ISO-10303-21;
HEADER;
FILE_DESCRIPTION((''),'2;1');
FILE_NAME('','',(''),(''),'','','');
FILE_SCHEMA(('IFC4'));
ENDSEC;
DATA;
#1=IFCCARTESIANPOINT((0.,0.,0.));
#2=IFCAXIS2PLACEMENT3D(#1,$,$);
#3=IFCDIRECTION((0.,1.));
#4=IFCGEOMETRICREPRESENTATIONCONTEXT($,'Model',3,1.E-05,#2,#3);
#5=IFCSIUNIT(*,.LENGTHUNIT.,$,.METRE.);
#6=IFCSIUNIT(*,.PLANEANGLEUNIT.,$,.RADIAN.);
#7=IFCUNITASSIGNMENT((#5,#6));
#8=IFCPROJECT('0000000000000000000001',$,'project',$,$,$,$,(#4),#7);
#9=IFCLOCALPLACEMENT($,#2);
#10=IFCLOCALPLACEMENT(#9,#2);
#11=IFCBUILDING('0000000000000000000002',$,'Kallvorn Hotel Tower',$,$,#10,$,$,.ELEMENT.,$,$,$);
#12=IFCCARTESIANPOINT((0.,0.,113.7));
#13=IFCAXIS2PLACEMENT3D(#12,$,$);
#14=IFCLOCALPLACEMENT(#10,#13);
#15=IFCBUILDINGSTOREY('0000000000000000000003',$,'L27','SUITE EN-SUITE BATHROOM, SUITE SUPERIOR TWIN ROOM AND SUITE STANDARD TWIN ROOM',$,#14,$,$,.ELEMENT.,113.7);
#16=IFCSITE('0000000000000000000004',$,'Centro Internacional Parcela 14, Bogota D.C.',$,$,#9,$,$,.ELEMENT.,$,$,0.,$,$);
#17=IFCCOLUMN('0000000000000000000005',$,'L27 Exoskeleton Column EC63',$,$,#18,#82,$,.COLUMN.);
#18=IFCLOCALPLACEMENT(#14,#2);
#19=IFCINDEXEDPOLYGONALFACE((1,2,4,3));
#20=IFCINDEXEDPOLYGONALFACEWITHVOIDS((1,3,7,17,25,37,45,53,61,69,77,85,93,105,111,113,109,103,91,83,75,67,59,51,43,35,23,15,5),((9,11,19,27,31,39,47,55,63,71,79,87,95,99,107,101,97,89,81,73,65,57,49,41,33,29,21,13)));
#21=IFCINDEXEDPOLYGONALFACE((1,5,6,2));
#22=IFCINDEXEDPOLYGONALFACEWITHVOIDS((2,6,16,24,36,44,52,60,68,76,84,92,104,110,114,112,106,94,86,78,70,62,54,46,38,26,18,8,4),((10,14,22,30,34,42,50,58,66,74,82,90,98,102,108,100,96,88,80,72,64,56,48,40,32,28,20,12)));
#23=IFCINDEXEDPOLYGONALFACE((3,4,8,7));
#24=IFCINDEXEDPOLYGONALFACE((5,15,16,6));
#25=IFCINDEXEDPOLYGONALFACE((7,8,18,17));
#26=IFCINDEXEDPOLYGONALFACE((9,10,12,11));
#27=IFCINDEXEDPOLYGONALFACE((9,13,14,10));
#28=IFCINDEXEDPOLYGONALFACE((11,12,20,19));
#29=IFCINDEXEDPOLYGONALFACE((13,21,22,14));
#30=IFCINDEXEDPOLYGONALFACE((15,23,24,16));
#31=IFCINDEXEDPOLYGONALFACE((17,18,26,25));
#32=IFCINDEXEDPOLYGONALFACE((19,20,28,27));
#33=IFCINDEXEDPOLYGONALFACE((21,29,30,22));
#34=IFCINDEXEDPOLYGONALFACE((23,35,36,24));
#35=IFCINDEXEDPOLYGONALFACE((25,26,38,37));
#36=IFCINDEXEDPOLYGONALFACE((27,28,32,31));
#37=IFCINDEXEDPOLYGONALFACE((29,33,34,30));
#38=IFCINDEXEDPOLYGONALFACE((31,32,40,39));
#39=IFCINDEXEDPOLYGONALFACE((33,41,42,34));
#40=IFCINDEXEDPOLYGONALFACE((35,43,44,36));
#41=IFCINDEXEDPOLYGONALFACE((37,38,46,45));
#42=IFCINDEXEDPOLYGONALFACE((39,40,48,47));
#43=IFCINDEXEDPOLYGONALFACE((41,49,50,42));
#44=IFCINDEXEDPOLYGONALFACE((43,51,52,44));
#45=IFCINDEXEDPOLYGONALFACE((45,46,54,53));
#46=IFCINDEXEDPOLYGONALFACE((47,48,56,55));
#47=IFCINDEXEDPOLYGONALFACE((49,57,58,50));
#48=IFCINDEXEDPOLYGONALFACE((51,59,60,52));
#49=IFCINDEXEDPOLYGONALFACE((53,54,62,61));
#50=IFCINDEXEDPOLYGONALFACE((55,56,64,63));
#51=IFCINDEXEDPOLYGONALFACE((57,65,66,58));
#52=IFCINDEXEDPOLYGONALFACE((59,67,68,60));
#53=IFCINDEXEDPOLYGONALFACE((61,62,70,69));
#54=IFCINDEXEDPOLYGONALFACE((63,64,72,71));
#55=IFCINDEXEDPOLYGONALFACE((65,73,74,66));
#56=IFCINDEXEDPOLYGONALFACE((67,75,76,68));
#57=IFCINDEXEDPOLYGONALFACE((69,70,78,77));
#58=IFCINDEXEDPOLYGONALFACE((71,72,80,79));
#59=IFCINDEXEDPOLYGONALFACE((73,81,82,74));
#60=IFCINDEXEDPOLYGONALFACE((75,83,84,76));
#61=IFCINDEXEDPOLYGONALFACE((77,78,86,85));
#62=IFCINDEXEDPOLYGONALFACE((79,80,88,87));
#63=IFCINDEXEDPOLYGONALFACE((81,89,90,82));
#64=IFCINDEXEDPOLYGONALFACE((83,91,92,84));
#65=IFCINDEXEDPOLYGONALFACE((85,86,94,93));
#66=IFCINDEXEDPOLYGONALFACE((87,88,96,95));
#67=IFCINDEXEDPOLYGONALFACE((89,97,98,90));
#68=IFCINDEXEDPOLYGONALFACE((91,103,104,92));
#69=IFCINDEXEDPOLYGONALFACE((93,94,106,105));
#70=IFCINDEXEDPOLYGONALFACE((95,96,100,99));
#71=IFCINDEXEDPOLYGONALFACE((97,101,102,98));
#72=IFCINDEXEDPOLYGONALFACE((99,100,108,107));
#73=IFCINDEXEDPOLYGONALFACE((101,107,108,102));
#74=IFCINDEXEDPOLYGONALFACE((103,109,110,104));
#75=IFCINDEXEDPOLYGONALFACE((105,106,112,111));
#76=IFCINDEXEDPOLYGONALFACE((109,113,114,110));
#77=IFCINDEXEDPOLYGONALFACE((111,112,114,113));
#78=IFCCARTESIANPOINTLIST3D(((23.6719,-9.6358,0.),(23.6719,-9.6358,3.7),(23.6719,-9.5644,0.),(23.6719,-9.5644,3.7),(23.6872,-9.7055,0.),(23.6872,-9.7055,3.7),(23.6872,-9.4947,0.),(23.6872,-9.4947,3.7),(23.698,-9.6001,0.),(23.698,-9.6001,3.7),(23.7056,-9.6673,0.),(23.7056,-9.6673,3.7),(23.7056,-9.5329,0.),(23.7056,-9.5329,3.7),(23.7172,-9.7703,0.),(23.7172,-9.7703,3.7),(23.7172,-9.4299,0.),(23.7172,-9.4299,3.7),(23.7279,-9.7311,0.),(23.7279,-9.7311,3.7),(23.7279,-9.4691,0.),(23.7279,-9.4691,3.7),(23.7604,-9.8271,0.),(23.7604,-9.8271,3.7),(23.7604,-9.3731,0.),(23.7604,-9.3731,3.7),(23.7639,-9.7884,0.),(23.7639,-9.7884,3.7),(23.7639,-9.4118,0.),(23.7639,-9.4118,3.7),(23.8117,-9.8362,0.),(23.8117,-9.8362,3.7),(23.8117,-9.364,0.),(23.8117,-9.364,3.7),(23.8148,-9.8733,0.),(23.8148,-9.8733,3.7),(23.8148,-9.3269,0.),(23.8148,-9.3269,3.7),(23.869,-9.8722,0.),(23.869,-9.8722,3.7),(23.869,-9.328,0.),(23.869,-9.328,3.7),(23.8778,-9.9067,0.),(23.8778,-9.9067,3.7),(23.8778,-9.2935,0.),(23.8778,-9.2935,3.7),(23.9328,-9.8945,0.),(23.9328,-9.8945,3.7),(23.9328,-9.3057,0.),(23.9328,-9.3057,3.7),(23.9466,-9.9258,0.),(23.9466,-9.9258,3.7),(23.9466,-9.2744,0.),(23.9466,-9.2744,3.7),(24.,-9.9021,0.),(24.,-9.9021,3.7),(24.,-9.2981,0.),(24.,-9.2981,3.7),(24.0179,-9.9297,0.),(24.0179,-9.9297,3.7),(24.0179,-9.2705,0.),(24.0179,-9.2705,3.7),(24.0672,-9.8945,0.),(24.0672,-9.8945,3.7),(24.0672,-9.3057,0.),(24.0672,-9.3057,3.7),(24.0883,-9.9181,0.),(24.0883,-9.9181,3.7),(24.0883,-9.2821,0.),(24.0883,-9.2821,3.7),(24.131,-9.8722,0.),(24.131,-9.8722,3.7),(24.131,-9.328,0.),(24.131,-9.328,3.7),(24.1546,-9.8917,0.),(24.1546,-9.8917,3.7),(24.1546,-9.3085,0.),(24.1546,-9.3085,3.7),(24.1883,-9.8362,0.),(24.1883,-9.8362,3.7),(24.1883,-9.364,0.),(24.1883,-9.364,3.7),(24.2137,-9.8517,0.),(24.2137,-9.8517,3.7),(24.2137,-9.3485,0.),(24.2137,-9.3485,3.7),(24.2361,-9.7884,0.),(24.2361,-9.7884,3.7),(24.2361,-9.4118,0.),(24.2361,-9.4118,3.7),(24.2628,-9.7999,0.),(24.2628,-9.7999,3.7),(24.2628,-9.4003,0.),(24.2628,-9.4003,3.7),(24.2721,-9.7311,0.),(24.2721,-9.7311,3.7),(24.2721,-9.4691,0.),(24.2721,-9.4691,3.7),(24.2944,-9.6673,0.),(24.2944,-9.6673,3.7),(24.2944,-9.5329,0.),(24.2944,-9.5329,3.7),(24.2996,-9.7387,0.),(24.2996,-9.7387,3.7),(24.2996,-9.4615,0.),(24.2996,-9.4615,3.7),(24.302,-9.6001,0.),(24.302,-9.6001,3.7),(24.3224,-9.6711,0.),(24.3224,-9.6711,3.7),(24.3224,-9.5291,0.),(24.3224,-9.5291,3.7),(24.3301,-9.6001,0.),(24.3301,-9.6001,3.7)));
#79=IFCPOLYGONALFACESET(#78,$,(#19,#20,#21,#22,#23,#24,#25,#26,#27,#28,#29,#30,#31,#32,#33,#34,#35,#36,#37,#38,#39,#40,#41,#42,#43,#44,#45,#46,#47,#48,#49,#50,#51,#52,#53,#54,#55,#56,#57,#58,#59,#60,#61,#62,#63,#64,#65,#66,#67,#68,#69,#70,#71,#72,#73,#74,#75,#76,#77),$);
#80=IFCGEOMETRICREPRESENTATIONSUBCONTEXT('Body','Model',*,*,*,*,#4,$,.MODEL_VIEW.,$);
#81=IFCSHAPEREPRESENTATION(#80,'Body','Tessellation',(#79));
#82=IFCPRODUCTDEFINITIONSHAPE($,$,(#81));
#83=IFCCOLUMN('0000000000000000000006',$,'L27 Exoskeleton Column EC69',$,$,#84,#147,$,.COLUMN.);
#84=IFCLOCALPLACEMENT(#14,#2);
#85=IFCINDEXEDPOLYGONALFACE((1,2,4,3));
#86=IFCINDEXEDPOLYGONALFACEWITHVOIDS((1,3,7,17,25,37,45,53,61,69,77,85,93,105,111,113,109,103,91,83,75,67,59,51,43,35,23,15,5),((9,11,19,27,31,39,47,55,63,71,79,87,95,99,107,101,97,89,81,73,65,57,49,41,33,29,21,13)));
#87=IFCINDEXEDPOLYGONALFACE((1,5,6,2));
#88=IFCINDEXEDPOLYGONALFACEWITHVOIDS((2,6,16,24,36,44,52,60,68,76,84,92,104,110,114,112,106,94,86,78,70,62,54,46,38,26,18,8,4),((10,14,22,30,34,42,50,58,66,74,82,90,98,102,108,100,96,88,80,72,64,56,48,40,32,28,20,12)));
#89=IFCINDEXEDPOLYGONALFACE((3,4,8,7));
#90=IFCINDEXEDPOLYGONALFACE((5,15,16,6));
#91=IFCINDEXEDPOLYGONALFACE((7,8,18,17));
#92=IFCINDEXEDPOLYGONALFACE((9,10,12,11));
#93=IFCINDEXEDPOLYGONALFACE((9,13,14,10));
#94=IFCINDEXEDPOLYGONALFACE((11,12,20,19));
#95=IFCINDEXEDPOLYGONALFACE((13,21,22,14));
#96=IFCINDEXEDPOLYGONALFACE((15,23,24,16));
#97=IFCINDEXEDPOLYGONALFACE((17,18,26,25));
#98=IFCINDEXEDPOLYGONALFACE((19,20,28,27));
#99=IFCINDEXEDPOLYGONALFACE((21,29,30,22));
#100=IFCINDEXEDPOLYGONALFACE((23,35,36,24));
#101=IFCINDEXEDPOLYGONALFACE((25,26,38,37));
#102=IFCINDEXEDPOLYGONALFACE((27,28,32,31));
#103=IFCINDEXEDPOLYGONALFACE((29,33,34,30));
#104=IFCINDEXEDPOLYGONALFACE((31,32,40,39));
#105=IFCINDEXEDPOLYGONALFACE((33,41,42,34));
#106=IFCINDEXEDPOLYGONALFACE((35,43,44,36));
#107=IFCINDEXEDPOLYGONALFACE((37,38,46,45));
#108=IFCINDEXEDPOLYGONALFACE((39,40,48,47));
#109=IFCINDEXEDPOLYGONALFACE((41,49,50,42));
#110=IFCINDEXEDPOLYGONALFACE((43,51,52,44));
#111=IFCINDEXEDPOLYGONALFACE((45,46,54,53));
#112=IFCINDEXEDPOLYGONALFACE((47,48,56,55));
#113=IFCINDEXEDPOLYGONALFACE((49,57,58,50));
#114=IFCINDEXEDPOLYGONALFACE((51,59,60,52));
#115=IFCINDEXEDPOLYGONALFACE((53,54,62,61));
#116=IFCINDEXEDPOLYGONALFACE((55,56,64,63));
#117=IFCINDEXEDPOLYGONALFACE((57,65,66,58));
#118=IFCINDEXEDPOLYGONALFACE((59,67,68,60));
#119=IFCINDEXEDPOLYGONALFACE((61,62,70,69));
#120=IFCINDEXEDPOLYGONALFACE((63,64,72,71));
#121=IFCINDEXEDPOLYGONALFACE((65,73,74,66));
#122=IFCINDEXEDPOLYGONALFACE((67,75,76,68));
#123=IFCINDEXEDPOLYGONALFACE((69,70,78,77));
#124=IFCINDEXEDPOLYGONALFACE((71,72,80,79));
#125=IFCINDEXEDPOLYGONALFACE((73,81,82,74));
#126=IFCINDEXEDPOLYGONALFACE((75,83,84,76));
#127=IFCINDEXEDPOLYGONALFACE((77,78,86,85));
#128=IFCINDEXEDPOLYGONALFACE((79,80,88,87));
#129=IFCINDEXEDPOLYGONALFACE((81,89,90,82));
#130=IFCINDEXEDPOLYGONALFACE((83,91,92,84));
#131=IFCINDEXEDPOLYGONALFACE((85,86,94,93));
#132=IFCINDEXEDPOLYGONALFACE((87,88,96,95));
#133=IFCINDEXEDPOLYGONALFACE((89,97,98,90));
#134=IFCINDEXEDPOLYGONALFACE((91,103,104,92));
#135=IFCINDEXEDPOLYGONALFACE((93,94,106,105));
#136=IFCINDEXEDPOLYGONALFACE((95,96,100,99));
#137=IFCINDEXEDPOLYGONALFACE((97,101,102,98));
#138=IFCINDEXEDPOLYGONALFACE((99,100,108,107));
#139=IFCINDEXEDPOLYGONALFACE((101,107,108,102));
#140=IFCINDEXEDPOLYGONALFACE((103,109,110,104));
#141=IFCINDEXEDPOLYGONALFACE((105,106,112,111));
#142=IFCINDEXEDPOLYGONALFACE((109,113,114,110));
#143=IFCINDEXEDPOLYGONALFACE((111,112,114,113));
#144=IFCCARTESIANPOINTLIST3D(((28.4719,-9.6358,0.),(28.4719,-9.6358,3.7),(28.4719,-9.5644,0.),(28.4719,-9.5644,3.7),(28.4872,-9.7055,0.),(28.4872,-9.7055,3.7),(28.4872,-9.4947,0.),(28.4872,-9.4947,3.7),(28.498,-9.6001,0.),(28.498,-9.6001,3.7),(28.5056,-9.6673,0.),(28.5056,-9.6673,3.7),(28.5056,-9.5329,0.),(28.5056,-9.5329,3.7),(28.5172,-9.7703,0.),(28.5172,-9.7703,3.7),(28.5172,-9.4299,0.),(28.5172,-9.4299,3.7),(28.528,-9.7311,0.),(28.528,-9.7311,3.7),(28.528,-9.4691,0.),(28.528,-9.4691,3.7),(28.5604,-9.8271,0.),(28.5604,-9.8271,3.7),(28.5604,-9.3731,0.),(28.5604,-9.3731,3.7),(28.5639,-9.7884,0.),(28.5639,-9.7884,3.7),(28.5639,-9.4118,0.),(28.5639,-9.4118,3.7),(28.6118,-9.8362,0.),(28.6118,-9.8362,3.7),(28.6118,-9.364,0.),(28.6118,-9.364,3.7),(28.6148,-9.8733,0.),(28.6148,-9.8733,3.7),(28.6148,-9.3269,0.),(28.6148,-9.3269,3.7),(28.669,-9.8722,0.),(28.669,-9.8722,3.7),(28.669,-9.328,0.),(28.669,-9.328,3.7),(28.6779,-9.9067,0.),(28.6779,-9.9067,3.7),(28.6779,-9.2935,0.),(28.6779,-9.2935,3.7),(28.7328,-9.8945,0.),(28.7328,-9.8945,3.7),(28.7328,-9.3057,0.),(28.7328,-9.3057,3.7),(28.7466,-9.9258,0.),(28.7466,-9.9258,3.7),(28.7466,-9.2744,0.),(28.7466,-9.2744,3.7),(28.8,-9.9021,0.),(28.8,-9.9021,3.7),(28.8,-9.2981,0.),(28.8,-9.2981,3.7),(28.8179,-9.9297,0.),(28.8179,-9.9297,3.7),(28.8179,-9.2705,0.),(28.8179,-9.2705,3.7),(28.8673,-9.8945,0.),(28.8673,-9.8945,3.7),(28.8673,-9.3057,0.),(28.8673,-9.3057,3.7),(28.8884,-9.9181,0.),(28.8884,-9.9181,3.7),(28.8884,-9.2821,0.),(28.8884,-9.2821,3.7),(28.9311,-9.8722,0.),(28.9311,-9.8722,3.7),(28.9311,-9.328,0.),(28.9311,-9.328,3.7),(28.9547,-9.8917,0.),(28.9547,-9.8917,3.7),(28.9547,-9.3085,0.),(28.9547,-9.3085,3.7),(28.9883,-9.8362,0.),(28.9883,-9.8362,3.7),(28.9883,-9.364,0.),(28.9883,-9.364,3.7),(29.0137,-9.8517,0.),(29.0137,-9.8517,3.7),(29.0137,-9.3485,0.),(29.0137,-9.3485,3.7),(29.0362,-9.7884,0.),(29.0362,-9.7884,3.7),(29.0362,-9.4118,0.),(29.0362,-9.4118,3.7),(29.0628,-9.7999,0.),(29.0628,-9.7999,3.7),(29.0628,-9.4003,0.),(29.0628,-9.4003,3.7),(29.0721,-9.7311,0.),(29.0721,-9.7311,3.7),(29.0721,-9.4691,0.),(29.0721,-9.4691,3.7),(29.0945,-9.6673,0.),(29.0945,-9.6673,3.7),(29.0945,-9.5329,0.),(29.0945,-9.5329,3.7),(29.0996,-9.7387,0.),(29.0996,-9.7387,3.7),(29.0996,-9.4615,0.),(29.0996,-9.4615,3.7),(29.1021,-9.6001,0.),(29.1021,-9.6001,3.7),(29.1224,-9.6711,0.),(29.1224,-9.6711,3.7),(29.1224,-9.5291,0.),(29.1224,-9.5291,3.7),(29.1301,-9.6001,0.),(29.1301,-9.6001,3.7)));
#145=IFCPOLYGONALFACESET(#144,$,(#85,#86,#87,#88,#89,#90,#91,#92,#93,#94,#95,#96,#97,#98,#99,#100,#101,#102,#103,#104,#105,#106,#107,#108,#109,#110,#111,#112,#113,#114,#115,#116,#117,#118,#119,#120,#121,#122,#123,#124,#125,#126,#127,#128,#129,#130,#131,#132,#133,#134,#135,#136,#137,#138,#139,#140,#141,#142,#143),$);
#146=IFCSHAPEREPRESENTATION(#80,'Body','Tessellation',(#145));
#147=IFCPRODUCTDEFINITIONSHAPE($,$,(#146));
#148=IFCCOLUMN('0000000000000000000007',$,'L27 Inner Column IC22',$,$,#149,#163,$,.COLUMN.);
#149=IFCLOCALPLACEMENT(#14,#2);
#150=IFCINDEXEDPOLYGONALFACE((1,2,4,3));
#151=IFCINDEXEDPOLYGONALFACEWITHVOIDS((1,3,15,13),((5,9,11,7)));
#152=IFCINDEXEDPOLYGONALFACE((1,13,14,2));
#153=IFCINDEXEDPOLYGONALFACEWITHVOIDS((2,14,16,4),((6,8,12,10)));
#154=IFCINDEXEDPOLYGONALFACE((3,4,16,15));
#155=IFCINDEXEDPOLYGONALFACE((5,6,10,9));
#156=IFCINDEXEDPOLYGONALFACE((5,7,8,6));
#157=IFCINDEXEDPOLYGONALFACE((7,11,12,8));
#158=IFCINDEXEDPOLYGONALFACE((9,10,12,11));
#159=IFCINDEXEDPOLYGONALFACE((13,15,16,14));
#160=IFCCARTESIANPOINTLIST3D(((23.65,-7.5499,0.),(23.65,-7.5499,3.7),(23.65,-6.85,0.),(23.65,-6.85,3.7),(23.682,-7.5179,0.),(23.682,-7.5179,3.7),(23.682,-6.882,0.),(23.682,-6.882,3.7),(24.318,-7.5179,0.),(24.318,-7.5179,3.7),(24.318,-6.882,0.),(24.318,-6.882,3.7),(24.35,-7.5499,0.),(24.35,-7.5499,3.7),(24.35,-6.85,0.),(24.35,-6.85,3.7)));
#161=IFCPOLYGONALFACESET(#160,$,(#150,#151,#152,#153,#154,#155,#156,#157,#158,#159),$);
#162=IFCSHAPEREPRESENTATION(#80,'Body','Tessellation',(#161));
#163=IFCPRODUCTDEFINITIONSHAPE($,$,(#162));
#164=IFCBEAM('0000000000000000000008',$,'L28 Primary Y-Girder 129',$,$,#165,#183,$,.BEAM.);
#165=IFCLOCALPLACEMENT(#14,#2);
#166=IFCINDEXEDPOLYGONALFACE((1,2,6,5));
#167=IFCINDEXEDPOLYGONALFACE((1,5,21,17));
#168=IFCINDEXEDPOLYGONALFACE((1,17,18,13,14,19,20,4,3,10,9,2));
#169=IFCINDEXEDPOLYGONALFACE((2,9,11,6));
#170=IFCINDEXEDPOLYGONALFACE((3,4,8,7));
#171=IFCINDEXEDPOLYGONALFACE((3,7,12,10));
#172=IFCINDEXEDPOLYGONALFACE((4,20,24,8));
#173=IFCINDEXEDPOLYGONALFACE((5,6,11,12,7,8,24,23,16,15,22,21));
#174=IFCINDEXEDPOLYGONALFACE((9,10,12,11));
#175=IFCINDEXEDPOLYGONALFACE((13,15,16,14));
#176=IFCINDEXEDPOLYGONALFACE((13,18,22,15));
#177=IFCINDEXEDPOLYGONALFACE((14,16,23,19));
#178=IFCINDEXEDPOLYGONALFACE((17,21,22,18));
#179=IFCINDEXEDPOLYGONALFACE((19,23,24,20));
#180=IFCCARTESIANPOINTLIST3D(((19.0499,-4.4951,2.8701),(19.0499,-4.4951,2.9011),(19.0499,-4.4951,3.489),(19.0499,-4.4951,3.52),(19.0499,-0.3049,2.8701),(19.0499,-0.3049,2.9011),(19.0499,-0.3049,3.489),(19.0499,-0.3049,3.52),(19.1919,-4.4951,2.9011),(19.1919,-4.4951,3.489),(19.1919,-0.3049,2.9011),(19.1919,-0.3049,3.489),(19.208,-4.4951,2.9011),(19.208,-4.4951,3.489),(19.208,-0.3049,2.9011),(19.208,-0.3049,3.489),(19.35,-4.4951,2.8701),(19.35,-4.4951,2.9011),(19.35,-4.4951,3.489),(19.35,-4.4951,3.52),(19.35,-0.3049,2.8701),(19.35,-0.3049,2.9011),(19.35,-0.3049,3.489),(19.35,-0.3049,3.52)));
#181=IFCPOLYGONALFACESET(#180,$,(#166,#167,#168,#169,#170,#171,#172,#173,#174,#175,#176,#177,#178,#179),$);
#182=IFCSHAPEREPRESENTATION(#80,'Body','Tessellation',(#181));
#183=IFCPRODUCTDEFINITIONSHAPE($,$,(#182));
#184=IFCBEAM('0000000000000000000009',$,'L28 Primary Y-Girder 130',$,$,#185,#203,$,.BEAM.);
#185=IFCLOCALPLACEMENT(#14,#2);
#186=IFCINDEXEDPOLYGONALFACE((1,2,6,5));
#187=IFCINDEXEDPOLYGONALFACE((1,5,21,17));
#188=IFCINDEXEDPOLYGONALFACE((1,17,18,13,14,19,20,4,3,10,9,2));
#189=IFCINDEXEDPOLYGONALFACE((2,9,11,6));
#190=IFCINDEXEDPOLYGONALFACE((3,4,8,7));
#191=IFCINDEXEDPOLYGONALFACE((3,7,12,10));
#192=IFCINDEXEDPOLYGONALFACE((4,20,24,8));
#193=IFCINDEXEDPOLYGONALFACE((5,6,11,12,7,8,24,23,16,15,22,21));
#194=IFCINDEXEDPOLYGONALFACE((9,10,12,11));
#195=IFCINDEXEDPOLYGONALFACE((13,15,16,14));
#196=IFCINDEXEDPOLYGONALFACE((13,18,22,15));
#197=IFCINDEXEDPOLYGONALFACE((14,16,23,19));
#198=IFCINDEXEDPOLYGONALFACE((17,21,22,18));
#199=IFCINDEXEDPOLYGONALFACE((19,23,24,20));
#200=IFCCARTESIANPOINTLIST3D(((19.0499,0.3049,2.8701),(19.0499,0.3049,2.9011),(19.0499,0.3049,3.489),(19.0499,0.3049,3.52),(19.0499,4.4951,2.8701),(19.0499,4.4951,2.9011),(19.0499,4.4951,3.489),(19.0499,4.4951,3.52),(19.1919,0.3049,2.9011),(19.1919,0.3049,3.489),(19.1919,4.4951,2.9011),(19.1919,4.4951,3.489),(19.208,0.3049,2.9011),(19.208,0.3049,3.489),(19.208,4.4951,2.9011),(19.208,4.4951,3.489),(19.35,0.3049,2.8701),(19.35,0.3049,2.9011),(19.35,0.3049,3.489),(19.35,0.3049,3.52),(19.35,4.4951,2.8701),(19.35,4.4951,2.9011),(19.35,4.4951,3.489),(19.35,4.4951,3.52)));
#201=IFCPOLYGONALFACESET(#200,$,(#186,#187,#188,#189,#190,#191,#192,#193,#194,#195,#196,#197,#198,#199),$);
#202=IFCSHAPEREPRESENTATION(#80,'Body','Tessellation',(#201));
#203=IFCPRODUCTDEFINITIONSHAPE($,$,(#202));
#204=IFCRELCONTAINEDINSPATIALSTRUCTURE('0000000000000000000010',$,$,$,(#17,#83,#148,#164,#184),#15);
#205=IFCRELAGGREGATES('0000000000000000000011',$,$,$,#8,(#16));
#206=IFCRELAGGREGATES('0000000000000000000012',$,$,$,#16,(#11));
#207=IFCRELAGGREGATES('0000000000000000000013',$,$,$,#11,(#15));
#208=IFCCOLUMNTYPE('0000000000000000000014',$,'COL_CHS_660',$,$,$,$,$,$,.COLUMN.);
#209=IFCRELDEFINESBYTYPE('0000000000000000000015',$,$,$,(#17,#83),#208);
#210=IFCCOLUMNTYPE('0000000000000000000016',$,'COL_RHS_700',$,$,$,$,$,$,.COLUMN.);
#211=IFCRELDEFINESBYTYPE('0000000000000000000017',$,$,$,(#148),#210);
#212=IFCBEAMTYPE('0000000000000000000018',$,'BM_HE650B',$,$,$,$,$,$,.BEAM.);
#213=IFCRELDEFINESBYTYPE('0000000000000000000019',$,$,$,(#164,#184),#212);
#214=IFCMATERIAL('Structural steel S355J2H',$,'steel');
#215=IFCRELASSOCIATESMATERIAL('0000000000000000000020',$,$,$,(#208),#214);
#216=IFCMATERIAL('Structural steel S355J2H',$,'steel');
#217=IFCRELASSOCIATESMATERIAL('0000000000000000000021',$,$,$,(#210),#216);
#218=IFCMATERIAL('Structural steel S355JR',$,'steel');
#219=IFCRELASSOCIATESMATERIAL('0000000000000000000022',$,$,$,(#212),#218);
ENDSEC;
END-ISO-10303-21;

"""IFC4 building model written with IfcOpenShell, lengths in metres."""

from ifc_helpers import new_model, si_unit, direction, frame, origin, origin_2d, place, context, subcontext, project, spatial, hollow_rectangle, hollow_circle, i_section, extrude, material, material_profile, profile_set, type_object, element, save


model = new_model("IFC4")

# Units and contexts
model_context = context("Model", 3, precision=1e-05, world=origin(), true_north=direction((0.0, 1.0)))
body_context = subcontext(model_context, "Body", "Model", "MODEL_VIEW")
ifc_project = project(units=[si_unit("LENGTHUNIT", "METRE"), si_unit("PLANEANGLEUNIT", "RADIAN")], contexts=[model_context])

# Site, building, storey
site_placement = place(None, origin())
site = spatial("IfcSite", under=ifc_project, at=site_placement, Name="Centro Internacional Parcela 14, Bogota D.C.", CompositionType="ELEMENT", RefElevation=0.0)
building_placement = place(site_placement, origin())
building = spatial("IfcBuilding", under=site, at=building_placement, Name="Kallvorn Hotel Tower", CompositionType="ELEMENT")
storey_placement = place(building_placement, frame((0.0, 0.0, 113.7)))
storey = spatial("IfcBuildingStorey", under=building, at=storey_placement, Name="L27", Description="SUITE EN-SUITE BATHROOM, SUITE SUPERIOR TWIN ROOM AND SUITE STANDARD TWIN ROOM", CompositionType="ELEMENT", Elevation=113.7)

# Columns
ifc_material_1 = material(Name="Structural steel S355J2H", Category="steel")
ifc_material_profile_1 = material_profile(ifc_material_1, hollow_circle(Radius=0.3301, WallThickness=0.0281, at=origin_2d()), Name="CHS 660x28")
ifc_profile_set_1 = profile_set([ifc_material_profile_1], Name="Structural steel S355J2H")
column_type_1 = type_object("IfcColumnType", Name="COL_CHS_660", PredefinedType="COLUMN", material=ifc_profile_set_1)
for number, where, z_axis, x_axis, name in (
    (1, (24.0, -9.6001, 0.0), (0.0, 0.0, 1.0), (1.0, 0.0, 0.0), "L27 Exoskeleton Column EC63"),
    (2, (28.8, -9.6001, 0.0), (0.0, 0.0, 1.0), (1.0, 0.0, 0.0), "L27 Exoskeleton Column EC69"),
):
    element("IfcColumn", number, at=place(storey_placement, frame(where, z_axis=z_axis, x_axis=x_axis)), inside=storey, type_object=column_type_1, Name=name, PredefinedType="COLUMN", context=body_context, shape_type="SweptSolid", body=[
        extrude(hollow_circle(Radius=0.3301, WallThickness=0.0281, at=origin_2d()), origin(), (0.0, 0.0, 1.0), 3.7),
    ])
ifc_material_2 = material(Name="Structural steel S355J2H", Category="steel")
ifc_material_profile_2 = material_profile(ifc_material_2, hollow_rectangle(XDim=0.7, YDim=0.7, WallThickness=0.032, at=origin_2d()), Name="RHS 700x700x32")
ifc_profile_set_2 = profile_set([ifc_material_profile_2], Name="Structural steel S355J2H")
column_type_2 = type_object("IfcColumnType", Name="COL_RHS_700", PredefinedType="COLUMN", material=ifc_profile_set_2)
column_placement = place(storey_placement, frame((24.0, -7.2, 0.0), z_axis=(0.0, 0.0, 1.0), x_axis=(1.0, 0.0, 0.0)))
element("IfcColumn", 3, at=column_placement, inside=storey, type_object=column_type_2, Name="L27 Inner Column IC22", PredefinedType="COLUMN", context=body_context, shape_type="SweptSolid", body=[
    extrude(hollow_rectangle(XDim=0.7, YDim=0.7, WallThickness=0.032, at=origin_2d()), origin(), (0.0, 0.0, 1.0), 3.7),
])

# Beams
ifc_material_3 = material(Name="Structural steel S355JR", Category="steel")
ifc_material_profile_3 = material_profile(ifc_material_3, i_section(OverallWidth=0.3, OverallDepth=0.6499, WebThickness=0.0161, FlangeThickness=0.031, at=origin_2d()), Name="HE 650 B")
ifc_profile_set_3 = profile_set([ifc_material_profile_3], Name="Structural steel S355JR")
beam_type_1 = type_object("IfcBeamType", Name="BM_HE650B", PredefinedType="BEAM", material=ifc_profile_set_3)
for number, where, z_axis, x_axis, name in (
    (4, (19.2, -4.4951, 3.1951), (0.0, 1.0, 0.0), (-1.0, 0.0, 0.0), "L28 Primary Y-Girder 129"),
    (5, (19.2, 0.3049, 3.1951), (0.0, 1.0, 0.0), (-1.0, 0.0, 0.0), "L28 Primary Y-Girder 130"),
):
    element("IfcBeam", number, at=place(storey_placement, frame(where, z_axis=z_axis, x_axis=x_axis)), inside=storey, type_object=beam_type_1, Name=name, PredefinedType="BEAM", context=body_context, shape_type="SweptSolid", body=[
        extrude(i_section(OverallWidth=0.3, OverallDepth=0.6499, WebThickness=0.0161, FlangeThickness=0.031, at=origin_2d()), origin(), (0.0, 0.0, 1.0), 4.1902),
    ])

save(model, "model.ifc")
